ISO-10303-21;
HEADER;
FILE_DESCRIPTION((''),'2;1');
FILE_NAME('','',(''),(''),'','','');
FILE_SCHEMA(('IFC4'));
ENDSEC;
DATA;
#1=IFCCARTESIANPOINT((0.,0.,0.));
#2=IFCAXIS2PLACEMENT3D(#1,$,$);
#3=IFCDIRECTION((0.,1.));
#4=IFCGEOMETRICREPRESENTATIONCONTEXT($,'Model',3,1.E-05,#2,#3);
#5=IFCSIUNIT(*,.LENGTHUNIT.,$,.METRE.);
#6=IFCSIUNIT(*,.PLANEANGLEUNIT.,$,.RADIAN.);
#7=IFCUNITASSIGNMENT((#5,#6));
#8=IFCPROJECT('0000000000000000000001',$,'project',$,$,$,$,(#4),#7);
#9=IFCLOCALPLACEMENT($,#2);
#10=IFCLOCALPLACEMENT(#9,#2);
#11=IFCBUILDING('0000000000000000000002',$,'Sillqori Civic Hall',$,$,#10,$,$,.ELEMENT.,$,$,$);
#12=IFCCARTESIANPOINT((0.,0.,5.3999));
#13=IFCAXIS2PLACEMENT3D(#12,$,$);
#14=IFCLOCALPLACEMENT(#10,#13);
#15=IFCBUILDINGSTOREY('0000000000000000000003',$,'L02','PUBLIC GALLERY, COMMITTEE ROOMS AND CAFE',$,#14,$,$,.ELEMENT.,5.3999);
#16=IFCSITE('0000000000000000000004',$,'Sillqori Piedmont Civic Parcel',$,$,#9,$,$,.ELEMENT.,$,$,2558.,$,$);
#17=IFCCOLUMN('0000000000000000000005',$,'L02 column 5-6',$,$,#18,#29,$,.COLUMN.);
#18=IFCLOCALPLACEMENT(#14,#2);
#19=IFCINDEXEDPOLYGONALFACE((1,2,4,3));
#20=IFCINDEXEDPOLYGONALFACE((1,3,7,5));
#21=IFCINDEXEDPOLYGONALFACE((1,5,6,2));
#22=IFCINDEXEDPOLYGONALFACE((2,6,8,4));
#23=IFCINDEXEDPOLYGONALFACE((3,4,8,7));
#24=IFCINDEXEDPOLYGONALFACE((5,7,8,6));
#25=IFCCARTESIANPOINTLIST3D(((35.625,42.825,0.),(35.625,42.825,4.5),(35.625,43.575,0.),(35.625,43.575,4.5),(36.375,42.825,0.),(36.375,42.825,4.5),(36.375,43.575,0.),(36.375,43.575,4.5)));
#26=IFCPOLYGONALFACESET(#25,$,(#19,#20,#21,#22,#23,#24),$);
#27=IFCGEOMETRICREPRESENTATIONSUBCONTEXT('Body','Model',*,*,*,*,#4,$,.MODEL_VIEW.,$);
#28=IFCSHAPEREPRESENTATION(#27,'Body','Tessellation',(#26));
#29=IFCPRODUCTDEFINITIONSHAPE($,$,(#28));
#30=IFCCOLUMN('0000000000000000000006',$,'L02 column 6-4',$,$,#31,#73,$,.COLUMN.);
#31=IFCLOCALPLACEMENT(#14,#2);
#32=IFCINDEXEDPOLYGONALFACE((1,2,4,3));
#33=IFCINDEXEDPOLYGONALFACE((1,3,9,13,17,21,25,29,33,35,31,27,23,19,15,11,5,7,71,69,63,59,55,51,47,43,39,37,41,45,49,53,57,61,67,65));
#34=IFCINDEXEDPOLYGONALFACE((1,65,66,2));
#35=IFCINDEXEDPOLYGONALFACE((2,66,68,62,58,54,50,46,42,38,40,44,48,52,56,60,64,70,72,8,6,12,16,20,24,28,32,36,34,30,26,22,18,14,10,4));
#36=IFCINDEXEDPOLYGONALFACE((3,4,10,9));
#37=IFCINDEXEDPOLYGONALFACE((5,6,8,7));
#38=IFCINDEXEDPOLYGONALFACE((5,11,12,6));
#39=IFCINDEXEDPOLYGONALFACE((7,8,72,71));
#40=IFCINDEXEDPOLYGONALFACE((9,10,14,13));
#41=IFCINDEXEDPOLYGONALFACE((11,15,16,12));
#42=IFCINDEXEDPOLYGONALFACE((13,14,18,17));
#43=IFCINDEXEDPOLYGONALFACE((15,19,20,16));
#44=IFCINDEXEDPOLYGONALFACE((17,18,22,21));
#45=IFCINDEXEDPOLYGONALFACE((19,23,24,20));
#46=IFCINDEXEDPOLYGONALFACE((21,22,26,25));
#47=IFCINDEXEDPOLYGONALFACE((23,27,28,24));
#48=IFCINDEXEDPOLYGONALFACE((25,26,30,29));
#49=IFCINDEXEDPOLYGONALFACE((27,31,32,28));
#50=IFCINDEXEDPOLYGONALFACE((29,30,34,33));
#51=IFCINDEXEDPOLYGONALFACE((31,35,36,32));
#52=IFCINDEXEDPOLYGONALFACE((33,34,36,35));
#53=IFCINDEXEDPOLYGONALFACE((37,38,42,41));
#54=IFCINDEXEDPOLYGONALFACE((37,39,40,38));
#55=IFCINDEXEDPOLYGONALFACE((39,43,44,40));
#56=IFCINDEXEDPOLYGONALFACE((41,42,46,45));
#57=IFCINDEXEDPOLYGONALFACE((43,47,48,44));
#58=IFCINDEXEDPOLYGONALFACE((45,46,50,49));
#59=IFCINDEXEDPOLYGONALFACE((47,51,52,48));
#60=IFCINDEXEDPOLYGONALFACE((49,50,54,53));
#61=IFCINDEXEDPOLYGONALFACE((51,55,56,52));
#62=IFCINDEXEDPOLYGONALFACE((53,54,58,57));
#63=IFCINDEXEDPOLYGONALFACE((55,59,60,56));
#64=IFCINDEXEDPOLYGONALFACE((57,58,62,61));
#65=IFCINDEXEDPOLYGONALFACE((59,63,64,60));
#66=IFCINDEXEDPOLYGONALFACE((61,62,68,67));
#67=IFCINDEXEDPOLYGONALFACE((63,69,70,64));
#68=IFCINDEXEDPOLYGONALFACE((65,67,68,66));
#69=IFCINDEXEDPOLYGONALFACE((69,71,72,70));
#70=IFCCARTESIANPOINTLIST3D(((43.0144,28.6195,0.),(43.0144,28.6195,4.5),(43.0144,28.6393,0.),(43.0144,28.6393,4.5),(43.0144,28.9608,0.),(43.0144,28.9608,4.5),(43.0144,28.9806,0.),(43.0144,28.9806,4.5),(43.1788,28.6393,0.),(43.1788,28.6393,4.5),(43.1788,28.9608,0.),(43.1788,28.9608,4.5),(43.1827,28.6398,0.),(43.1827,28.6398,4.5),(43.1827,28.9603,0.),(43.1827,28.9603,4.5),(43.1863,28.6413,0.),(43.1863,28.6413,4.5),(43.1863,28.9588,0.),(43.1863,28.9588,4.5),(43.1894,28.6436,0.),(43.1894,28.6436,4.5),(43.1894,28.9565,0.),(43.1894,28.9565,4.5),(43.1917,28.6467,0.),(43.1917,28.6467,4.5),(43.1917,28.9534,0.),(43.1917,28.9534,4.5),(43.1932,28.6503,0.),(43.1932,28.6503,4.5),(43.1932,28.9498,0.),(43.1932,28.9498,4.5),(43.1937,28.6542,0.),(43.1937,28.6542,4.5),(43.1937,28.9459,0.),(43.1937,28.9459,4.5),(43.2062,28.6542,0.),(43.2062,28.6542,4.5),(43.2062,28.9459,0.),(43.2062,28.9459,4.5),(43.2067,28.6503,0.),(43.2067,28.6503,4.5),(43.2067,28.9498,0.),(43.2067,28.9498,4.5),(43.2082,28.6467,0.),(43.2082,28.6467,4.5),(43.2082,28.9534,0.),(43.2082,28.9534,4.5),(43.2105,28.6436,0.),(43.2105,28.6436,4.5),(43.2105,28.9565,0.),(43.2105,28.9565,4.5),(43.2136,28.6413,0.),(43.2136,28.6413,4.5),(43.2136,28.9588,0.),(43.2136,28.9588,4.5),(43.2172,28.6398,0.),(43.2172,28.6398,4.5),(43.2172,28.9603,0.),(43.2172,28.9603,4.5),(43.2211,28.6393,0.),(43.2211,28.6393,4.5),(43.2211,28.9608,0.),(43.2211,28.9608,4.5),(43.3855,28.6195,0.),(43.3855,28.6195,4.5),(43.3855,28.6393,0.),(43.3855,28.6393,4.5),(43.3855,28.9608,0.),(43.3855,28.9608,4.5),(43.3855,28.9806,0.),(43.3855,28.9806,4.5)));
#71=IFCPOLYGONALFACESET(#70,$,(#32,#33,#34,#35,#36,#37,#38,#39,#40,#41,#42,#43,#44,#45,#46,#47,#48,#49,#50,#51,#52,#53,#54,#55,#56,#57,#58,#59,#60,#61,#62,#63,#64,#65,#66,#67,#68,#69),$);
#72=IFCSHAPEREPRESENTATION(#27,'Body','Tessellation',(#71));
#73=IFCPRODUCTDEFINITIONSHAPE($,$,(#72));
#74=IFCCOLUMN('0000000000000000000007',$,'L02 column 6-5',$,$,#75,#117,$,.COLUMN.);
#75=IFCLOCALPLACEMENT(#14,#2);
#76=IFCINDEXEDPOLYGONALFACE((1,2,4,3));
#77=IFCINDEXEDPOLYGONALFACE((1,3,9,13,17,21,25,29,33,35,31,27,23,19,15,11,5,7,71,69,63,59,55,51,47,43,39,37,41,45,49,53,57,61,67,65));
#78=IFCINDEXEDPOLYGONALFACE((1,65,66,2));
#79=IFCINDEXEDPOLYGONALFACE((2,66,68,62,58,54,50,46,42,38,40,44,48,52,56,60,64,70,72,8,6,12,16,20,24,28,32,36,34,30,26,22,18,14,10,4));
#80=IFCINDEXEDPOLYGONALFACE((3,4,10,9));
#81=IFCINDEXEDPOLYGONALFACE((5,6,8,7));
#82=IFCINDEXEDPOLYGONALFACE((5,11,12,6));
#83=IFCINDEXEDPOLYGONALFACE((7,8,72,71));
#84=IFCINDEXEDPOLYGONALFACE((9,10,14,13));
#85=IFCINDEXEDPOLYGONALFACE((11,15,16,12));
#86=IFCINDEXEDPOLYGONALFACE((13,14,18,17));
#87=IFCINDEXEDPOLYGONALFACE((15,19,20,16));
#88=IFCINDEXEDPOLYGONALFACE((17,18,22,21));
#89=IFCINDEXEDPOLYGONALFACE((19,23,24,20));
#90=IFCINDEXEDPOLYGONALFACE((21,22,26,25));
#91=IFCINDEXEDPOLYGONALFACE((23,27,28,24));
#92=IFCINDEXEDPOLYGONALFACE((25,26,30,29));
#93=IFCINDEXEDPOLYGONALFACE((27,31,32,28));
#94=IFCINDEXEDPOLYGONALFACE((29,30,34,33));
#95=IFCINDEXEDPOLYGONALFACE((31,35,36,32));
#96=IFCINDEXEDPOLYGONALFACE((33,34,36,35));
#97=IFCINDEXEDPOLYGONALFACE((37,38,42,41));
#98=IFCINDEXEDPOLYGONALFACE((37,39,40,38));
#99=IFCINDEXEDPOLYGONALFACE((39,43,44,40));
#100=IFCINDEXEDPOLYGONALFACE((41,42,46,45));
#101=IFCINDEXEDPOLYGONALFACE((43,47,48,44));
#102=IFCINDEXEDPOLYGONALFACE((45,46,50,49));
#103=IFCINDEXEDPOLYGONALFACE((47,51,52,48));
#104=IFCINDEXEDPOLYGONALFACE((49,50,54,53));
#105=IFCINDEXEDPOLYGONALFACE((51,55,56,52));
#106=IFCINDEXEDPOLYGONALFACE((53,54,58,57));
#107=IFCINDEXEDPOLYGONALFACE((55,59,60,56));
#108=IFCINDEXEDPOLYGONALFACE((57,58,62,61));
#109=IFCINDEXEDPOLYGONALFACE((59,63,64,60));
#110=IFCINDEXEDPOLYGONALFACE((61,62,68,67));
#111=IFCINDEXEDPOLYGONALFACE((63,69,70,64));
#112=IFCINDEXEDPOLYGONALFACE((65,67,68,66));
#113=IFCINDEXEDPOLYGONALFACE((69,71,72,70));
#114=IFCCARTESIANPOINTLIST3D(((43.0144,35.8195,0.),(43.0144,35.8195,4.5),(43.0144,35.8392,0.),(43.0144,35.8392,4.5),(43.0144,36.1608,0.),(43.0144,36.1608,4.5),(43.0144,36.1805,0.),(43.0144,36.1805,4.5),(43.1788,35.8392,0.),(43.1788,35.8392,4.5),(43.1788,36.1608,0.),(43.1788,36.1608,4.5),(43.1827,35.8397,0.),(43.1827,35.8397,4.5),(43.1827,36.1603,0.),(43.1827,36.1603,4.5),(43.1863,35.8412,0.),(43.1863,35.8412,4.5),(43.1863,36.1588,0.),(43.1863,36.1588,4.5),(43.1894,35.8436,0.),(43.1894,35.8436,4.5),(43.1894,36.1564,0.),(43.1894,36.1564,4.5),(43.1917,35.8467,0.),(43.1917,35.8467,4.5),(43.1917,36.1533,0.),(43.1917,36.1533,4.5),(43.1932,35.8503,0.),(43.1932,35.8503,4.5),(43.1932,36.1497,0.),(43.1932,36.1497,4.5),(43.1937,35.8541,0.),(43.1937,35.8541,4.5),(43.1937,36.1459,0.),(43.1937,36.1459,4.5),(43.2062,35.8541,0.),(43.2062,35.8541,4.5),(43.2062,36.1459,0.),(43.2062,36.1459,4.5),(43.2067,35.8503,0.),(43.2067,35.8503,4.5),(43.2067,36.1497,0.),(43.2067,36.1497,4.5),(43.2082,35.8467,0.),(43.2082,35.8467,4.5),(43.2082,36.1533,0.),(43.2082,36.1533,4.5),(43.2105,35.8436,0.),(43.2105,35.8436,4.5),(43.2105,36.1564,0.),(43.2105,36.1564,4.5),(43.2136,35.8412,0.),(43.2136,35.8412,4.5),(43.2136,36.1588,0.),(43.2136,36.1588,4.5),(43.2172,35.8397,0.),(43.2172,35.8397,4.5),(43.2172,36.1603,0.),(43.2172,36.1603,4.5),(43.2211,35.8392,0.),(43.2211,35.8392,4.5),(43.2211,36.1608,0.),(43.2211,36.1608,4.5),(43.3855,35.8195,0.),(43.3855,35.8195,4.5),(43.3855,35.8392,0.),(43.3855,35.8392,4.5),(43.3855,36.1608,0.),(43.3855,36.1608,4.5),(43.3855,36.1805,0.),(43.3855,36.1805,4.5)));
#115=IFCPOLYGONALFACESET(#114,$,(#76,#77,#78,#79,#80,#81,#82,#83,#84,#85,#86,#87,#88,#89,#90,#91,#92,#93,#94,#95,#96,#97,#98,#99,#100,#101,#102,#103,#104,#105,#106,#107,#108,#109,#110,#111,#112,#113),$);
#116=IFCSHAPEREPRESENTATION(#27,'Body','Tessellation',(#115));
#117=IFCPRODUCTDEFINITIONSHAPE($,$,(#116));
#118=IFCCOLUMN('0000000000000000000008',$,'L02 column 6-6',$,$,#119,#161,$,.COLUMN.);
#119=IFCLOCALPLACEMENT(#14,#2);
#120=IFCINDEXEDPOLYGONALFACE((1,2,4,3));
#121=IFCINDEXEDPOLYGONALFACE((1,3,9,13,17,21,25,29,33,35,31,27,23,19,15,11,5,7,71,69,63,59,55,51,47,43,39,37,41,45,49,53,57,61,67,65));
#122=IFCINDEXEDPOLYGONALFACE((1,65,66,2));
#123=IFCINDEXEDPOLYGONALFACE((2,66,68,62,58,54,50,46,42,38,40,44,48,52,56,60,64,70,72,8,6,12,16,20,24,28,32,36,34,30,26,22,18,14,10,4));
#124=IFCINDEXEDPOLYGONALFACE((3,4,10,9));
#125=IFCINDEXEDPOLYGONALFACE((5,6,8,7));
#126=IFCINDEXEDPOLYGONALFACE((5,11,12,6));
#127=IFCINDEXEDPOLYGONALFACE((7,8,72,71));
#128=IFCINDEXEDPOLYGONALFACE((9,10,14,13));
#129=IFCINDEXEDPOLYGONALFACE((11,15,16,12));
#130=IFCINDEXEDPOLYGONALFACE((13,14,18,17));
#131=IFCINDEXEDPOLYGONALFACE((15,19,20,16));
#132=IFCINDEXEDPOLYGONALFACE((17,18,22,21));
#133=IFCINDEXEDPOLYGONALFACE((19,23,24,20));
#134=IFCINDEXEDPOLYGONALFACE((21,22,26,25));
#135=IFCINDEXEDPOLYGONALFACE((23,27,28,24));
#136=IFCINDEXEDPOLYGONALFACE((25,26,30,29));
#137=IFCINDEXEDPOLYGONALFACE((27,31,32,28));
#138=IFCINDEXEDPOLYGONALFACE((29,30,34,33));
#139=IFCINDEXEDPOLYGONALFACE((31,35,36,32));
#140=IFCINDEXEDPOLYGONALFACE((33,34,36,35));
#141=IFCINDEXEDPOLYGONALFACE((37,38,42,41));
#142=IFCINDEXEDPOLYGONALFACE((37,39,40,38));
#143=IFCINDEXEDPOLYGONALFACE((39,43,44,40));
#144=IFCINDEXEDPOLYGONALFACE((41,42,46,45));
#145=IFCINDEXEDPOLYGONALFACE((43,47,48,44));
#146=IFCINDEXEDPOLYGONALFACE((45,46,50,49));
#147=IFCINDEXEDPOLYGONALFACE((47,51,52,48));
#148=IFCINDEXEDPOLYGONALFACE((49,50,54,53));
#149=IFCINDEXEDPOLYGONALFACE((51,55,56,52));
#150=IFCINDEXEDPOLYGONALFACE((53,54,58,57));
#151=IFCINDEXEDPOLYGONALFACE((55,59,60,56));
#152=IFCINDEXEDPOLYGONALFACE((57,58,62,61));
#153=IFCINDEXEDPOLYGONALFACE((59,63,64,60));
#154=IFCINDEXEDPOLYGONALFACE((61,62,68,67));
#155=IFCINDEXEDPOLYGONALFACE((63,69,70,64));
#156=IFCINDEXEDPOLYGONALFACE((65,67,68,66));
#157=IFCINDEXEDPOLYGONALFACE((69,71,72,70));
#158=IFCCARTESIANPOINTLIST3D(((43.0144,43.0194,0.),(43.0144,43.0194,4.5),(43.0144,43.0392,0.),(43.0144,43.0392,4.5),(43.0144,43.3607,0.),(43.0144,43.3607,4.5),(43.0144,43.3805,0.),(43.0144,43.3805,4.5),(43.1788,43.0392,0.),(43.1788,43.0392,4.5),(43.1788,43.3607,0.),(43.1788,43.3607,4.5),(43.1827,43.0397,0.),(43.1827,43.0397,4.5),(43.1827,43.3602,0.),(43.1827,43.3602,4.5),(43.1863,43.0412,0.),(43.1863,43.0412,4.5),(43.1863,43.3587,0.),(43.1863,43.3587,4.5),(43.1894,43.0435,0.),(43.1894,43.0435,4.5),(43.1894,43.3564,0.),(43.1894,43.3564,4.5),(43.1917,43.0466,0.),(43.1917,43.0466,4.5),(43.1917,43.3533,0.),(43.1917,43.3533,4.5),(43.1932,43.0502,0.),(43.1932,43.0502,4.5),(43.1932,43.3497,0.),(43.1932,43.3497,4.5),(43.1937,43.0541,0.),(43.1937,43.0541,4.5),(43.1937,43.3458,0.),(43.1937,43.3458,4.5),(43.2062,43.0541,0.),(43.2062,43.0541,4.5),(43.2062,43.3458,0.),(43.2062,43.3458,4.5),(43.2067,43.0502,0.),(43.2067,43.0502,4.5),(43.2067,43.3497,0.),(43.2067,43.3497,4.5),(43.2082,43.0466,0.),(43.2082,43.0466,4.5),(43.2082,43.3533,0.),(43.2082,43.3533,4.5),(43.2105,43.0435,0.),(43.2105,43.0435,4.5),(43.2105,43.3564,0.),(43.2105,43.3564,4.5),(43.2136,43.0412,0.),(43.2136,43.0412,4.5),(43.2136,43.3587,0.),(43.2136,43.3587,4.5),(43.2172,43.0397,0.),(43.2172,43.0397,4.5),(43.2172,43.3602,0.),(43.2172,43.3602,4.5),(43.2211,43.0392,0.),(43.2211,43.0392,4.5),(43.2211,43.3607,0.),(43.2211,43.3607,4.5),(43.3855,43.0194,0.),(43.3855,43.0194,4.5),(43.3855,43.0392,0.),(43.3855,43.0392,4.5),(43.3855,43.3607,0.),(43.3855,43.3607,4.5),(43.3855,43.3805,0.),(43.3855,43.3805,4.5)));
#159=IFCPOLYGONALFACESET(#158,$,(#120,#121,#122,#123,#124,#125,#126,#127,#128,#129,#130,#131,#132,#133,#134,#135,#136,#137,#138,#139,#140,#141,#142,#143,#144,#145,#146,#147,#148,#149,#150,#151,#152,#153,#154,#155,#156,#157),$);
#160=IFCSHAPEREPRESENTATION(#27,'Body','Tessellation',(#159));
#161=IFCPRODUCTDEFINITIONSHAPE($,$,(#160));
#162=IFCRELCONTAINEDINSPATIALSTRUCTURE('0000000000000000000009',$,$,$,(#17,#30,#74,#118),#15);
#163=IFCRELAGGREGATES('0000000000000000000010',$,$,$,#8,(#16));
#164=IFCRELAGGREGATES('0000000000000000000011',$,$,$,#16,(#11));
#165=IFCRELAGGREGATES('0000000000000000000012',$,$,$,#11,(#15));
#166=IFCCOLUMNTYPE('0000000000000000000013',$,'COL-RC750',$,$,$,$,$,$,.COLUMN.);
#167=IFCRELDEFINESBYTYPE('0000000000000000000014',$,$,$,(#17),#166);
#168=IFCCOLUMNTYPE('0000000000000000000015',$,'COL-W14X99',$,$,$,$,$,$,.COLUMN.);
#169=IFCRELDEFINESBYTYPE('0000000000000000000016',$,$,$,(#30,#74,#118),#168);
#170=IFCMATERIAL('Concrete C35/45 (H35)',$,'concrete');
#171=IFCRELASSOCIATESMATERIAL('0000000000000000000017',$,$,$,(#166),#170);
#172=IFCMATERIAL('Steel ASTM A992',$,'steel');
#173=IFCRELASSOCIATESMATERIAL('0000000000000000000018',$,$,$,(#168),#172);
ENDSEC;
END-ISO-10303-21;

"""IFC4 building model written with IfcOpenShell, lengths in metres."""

from ifc_helpers import new_model, si_unit, direction, frame, origin, origin_2d, place, context, subcontext, project, spatial, rectangle, i_section, extrude, material, material_profile, profile_set, type_object, element, save


model = new_model("IFC4")

# Units and contexts
model_context = context("Model", 3, precision=1e-05, world=origin(), true_north=direction((0.0, 1.0)))
body_context = subcontext(model_context, "Body", "Model", "MODEL_VIEW")
ifc_project = project(units=[si_unit("LENGTHUNIT", "METRE"), si_unit("PLANEANGLEUNIT", "RADIAN")], contexts=[model_context])

# Site, building, storey
site_placement = place(None, origin())
site = spatial("IfcSite", under=ifc_project, at=site_placement, Name="Sillqori Piedmont Civic Parcel", CompositionType="ELEMENT", RefElevation=2558.0)
building_placement = place(site_placement, origin())
building = spatial("IfcBuilding", under=site, at=building_placement, Name="Sillqori Civic Hall", CompositionType="ELEMENT")
storey_placement = place(building_placement, frame((0.0, 0.0, 5.3999)))
storey = spatial("IfcBuildingStorey", under=building, at=storey_placement, Name="L02", Description="PUBLIC GALLERY, COMMITTEE ROOMS AND CAFE", CompositionType="ELEMENT", Elevation=5.3999)

# Columns
ifc_material_1 = material(Name="Concrete C35/45 (H35)", Category="concrete")
ifc_material_profile_1 = material_profile(ifc_material_1, rectangle(XDim=0.75, YDim=0.75, at=origin_2d()), Name="RC 750x750")
ifc_profile_set_1 = profile_set([ifc_material_profile_1], Name="Concrete C35/45 (H35)")
column_type_1 = type_object("IfcColumnType", Name="COL-RC750", PredefinedType="COLUMN", material=ifc_profile_set_1)
column_placement = place(storey_placement, frame((36.0, 43.2, 0.0), z_axis=(0.0, 0.0, 1.0), x_axis=(1.0, 0.0, 0.0)))
element("IfcColumn", 1, at=column_placement, inside=storey, type_object=column_type_1, Name="L02 column 5-6", PredefinedType="COLUMN", context=body_context, shape_type="SweptSolid", body=[
    extrude(rectangle(XDim=0.75, YDim=0.75, at=origin_2d()), origin(), (0.0, 0.0, 1.0), 4.5),
])
ifc_material_2 = material(Name="Steel ASTM A992", Category="steel")
ifc_material_profile_2 = material_profile(ifc_material_2, i_section(OverallWidth=0.3711, OverallDepth=0.3611, WebThickness=0.0125, FlangeThickness=0.0198, FilletRadius=0.0149, at=origin_2d()), Name="W14X99")
ifc_profile_set_2 = profile_set([ifc_material_profile_2], Name="Steel ASTM A992")
column_type_2 = type_object("IfcColumnType", Name="COL-W14X99", PredefinedType="COLUMN", material=ifc_profile_set_2)
for number, where, z_axis, x_axis, name in (
    (2, (43.2, 28.8, 0.0), (0.0, 0.0, 1.0), (1.0, 0.0, 0.0), "L02 column 6-4"),
    (3, (43.2, 36.0, 0.0), (0.0, 0.0, 1.0), (1.0, 0.0, 0.0), "L02 column 6-5"),
    (4, (43.2, 43.2, 0.0), (0.0, 0.0, 1.0), (1.0, 0.0, 0.0), "L02 column 6-6"),
):
    element("IfcColumn", number, at=place(storey_placement, frame(where, z_axis=z_axis, x_axis=x_axis)), inside=storey, type_object=column_type_2, Name=name, PredefinedType="COLUMN", context=body_context, shape_type="SweptSolid", body=[
        extrude(i_section(OverallWidth=0.3711, OverallDepth=0.3611, WebThickness=0.0125, FlangeThickness=0.0198, FilletRadius=0.0149, at=origin_2d()), origin(), (0.0, 0.0, 1.0), 4.5),
    ])

save(model, "model.ifc")
